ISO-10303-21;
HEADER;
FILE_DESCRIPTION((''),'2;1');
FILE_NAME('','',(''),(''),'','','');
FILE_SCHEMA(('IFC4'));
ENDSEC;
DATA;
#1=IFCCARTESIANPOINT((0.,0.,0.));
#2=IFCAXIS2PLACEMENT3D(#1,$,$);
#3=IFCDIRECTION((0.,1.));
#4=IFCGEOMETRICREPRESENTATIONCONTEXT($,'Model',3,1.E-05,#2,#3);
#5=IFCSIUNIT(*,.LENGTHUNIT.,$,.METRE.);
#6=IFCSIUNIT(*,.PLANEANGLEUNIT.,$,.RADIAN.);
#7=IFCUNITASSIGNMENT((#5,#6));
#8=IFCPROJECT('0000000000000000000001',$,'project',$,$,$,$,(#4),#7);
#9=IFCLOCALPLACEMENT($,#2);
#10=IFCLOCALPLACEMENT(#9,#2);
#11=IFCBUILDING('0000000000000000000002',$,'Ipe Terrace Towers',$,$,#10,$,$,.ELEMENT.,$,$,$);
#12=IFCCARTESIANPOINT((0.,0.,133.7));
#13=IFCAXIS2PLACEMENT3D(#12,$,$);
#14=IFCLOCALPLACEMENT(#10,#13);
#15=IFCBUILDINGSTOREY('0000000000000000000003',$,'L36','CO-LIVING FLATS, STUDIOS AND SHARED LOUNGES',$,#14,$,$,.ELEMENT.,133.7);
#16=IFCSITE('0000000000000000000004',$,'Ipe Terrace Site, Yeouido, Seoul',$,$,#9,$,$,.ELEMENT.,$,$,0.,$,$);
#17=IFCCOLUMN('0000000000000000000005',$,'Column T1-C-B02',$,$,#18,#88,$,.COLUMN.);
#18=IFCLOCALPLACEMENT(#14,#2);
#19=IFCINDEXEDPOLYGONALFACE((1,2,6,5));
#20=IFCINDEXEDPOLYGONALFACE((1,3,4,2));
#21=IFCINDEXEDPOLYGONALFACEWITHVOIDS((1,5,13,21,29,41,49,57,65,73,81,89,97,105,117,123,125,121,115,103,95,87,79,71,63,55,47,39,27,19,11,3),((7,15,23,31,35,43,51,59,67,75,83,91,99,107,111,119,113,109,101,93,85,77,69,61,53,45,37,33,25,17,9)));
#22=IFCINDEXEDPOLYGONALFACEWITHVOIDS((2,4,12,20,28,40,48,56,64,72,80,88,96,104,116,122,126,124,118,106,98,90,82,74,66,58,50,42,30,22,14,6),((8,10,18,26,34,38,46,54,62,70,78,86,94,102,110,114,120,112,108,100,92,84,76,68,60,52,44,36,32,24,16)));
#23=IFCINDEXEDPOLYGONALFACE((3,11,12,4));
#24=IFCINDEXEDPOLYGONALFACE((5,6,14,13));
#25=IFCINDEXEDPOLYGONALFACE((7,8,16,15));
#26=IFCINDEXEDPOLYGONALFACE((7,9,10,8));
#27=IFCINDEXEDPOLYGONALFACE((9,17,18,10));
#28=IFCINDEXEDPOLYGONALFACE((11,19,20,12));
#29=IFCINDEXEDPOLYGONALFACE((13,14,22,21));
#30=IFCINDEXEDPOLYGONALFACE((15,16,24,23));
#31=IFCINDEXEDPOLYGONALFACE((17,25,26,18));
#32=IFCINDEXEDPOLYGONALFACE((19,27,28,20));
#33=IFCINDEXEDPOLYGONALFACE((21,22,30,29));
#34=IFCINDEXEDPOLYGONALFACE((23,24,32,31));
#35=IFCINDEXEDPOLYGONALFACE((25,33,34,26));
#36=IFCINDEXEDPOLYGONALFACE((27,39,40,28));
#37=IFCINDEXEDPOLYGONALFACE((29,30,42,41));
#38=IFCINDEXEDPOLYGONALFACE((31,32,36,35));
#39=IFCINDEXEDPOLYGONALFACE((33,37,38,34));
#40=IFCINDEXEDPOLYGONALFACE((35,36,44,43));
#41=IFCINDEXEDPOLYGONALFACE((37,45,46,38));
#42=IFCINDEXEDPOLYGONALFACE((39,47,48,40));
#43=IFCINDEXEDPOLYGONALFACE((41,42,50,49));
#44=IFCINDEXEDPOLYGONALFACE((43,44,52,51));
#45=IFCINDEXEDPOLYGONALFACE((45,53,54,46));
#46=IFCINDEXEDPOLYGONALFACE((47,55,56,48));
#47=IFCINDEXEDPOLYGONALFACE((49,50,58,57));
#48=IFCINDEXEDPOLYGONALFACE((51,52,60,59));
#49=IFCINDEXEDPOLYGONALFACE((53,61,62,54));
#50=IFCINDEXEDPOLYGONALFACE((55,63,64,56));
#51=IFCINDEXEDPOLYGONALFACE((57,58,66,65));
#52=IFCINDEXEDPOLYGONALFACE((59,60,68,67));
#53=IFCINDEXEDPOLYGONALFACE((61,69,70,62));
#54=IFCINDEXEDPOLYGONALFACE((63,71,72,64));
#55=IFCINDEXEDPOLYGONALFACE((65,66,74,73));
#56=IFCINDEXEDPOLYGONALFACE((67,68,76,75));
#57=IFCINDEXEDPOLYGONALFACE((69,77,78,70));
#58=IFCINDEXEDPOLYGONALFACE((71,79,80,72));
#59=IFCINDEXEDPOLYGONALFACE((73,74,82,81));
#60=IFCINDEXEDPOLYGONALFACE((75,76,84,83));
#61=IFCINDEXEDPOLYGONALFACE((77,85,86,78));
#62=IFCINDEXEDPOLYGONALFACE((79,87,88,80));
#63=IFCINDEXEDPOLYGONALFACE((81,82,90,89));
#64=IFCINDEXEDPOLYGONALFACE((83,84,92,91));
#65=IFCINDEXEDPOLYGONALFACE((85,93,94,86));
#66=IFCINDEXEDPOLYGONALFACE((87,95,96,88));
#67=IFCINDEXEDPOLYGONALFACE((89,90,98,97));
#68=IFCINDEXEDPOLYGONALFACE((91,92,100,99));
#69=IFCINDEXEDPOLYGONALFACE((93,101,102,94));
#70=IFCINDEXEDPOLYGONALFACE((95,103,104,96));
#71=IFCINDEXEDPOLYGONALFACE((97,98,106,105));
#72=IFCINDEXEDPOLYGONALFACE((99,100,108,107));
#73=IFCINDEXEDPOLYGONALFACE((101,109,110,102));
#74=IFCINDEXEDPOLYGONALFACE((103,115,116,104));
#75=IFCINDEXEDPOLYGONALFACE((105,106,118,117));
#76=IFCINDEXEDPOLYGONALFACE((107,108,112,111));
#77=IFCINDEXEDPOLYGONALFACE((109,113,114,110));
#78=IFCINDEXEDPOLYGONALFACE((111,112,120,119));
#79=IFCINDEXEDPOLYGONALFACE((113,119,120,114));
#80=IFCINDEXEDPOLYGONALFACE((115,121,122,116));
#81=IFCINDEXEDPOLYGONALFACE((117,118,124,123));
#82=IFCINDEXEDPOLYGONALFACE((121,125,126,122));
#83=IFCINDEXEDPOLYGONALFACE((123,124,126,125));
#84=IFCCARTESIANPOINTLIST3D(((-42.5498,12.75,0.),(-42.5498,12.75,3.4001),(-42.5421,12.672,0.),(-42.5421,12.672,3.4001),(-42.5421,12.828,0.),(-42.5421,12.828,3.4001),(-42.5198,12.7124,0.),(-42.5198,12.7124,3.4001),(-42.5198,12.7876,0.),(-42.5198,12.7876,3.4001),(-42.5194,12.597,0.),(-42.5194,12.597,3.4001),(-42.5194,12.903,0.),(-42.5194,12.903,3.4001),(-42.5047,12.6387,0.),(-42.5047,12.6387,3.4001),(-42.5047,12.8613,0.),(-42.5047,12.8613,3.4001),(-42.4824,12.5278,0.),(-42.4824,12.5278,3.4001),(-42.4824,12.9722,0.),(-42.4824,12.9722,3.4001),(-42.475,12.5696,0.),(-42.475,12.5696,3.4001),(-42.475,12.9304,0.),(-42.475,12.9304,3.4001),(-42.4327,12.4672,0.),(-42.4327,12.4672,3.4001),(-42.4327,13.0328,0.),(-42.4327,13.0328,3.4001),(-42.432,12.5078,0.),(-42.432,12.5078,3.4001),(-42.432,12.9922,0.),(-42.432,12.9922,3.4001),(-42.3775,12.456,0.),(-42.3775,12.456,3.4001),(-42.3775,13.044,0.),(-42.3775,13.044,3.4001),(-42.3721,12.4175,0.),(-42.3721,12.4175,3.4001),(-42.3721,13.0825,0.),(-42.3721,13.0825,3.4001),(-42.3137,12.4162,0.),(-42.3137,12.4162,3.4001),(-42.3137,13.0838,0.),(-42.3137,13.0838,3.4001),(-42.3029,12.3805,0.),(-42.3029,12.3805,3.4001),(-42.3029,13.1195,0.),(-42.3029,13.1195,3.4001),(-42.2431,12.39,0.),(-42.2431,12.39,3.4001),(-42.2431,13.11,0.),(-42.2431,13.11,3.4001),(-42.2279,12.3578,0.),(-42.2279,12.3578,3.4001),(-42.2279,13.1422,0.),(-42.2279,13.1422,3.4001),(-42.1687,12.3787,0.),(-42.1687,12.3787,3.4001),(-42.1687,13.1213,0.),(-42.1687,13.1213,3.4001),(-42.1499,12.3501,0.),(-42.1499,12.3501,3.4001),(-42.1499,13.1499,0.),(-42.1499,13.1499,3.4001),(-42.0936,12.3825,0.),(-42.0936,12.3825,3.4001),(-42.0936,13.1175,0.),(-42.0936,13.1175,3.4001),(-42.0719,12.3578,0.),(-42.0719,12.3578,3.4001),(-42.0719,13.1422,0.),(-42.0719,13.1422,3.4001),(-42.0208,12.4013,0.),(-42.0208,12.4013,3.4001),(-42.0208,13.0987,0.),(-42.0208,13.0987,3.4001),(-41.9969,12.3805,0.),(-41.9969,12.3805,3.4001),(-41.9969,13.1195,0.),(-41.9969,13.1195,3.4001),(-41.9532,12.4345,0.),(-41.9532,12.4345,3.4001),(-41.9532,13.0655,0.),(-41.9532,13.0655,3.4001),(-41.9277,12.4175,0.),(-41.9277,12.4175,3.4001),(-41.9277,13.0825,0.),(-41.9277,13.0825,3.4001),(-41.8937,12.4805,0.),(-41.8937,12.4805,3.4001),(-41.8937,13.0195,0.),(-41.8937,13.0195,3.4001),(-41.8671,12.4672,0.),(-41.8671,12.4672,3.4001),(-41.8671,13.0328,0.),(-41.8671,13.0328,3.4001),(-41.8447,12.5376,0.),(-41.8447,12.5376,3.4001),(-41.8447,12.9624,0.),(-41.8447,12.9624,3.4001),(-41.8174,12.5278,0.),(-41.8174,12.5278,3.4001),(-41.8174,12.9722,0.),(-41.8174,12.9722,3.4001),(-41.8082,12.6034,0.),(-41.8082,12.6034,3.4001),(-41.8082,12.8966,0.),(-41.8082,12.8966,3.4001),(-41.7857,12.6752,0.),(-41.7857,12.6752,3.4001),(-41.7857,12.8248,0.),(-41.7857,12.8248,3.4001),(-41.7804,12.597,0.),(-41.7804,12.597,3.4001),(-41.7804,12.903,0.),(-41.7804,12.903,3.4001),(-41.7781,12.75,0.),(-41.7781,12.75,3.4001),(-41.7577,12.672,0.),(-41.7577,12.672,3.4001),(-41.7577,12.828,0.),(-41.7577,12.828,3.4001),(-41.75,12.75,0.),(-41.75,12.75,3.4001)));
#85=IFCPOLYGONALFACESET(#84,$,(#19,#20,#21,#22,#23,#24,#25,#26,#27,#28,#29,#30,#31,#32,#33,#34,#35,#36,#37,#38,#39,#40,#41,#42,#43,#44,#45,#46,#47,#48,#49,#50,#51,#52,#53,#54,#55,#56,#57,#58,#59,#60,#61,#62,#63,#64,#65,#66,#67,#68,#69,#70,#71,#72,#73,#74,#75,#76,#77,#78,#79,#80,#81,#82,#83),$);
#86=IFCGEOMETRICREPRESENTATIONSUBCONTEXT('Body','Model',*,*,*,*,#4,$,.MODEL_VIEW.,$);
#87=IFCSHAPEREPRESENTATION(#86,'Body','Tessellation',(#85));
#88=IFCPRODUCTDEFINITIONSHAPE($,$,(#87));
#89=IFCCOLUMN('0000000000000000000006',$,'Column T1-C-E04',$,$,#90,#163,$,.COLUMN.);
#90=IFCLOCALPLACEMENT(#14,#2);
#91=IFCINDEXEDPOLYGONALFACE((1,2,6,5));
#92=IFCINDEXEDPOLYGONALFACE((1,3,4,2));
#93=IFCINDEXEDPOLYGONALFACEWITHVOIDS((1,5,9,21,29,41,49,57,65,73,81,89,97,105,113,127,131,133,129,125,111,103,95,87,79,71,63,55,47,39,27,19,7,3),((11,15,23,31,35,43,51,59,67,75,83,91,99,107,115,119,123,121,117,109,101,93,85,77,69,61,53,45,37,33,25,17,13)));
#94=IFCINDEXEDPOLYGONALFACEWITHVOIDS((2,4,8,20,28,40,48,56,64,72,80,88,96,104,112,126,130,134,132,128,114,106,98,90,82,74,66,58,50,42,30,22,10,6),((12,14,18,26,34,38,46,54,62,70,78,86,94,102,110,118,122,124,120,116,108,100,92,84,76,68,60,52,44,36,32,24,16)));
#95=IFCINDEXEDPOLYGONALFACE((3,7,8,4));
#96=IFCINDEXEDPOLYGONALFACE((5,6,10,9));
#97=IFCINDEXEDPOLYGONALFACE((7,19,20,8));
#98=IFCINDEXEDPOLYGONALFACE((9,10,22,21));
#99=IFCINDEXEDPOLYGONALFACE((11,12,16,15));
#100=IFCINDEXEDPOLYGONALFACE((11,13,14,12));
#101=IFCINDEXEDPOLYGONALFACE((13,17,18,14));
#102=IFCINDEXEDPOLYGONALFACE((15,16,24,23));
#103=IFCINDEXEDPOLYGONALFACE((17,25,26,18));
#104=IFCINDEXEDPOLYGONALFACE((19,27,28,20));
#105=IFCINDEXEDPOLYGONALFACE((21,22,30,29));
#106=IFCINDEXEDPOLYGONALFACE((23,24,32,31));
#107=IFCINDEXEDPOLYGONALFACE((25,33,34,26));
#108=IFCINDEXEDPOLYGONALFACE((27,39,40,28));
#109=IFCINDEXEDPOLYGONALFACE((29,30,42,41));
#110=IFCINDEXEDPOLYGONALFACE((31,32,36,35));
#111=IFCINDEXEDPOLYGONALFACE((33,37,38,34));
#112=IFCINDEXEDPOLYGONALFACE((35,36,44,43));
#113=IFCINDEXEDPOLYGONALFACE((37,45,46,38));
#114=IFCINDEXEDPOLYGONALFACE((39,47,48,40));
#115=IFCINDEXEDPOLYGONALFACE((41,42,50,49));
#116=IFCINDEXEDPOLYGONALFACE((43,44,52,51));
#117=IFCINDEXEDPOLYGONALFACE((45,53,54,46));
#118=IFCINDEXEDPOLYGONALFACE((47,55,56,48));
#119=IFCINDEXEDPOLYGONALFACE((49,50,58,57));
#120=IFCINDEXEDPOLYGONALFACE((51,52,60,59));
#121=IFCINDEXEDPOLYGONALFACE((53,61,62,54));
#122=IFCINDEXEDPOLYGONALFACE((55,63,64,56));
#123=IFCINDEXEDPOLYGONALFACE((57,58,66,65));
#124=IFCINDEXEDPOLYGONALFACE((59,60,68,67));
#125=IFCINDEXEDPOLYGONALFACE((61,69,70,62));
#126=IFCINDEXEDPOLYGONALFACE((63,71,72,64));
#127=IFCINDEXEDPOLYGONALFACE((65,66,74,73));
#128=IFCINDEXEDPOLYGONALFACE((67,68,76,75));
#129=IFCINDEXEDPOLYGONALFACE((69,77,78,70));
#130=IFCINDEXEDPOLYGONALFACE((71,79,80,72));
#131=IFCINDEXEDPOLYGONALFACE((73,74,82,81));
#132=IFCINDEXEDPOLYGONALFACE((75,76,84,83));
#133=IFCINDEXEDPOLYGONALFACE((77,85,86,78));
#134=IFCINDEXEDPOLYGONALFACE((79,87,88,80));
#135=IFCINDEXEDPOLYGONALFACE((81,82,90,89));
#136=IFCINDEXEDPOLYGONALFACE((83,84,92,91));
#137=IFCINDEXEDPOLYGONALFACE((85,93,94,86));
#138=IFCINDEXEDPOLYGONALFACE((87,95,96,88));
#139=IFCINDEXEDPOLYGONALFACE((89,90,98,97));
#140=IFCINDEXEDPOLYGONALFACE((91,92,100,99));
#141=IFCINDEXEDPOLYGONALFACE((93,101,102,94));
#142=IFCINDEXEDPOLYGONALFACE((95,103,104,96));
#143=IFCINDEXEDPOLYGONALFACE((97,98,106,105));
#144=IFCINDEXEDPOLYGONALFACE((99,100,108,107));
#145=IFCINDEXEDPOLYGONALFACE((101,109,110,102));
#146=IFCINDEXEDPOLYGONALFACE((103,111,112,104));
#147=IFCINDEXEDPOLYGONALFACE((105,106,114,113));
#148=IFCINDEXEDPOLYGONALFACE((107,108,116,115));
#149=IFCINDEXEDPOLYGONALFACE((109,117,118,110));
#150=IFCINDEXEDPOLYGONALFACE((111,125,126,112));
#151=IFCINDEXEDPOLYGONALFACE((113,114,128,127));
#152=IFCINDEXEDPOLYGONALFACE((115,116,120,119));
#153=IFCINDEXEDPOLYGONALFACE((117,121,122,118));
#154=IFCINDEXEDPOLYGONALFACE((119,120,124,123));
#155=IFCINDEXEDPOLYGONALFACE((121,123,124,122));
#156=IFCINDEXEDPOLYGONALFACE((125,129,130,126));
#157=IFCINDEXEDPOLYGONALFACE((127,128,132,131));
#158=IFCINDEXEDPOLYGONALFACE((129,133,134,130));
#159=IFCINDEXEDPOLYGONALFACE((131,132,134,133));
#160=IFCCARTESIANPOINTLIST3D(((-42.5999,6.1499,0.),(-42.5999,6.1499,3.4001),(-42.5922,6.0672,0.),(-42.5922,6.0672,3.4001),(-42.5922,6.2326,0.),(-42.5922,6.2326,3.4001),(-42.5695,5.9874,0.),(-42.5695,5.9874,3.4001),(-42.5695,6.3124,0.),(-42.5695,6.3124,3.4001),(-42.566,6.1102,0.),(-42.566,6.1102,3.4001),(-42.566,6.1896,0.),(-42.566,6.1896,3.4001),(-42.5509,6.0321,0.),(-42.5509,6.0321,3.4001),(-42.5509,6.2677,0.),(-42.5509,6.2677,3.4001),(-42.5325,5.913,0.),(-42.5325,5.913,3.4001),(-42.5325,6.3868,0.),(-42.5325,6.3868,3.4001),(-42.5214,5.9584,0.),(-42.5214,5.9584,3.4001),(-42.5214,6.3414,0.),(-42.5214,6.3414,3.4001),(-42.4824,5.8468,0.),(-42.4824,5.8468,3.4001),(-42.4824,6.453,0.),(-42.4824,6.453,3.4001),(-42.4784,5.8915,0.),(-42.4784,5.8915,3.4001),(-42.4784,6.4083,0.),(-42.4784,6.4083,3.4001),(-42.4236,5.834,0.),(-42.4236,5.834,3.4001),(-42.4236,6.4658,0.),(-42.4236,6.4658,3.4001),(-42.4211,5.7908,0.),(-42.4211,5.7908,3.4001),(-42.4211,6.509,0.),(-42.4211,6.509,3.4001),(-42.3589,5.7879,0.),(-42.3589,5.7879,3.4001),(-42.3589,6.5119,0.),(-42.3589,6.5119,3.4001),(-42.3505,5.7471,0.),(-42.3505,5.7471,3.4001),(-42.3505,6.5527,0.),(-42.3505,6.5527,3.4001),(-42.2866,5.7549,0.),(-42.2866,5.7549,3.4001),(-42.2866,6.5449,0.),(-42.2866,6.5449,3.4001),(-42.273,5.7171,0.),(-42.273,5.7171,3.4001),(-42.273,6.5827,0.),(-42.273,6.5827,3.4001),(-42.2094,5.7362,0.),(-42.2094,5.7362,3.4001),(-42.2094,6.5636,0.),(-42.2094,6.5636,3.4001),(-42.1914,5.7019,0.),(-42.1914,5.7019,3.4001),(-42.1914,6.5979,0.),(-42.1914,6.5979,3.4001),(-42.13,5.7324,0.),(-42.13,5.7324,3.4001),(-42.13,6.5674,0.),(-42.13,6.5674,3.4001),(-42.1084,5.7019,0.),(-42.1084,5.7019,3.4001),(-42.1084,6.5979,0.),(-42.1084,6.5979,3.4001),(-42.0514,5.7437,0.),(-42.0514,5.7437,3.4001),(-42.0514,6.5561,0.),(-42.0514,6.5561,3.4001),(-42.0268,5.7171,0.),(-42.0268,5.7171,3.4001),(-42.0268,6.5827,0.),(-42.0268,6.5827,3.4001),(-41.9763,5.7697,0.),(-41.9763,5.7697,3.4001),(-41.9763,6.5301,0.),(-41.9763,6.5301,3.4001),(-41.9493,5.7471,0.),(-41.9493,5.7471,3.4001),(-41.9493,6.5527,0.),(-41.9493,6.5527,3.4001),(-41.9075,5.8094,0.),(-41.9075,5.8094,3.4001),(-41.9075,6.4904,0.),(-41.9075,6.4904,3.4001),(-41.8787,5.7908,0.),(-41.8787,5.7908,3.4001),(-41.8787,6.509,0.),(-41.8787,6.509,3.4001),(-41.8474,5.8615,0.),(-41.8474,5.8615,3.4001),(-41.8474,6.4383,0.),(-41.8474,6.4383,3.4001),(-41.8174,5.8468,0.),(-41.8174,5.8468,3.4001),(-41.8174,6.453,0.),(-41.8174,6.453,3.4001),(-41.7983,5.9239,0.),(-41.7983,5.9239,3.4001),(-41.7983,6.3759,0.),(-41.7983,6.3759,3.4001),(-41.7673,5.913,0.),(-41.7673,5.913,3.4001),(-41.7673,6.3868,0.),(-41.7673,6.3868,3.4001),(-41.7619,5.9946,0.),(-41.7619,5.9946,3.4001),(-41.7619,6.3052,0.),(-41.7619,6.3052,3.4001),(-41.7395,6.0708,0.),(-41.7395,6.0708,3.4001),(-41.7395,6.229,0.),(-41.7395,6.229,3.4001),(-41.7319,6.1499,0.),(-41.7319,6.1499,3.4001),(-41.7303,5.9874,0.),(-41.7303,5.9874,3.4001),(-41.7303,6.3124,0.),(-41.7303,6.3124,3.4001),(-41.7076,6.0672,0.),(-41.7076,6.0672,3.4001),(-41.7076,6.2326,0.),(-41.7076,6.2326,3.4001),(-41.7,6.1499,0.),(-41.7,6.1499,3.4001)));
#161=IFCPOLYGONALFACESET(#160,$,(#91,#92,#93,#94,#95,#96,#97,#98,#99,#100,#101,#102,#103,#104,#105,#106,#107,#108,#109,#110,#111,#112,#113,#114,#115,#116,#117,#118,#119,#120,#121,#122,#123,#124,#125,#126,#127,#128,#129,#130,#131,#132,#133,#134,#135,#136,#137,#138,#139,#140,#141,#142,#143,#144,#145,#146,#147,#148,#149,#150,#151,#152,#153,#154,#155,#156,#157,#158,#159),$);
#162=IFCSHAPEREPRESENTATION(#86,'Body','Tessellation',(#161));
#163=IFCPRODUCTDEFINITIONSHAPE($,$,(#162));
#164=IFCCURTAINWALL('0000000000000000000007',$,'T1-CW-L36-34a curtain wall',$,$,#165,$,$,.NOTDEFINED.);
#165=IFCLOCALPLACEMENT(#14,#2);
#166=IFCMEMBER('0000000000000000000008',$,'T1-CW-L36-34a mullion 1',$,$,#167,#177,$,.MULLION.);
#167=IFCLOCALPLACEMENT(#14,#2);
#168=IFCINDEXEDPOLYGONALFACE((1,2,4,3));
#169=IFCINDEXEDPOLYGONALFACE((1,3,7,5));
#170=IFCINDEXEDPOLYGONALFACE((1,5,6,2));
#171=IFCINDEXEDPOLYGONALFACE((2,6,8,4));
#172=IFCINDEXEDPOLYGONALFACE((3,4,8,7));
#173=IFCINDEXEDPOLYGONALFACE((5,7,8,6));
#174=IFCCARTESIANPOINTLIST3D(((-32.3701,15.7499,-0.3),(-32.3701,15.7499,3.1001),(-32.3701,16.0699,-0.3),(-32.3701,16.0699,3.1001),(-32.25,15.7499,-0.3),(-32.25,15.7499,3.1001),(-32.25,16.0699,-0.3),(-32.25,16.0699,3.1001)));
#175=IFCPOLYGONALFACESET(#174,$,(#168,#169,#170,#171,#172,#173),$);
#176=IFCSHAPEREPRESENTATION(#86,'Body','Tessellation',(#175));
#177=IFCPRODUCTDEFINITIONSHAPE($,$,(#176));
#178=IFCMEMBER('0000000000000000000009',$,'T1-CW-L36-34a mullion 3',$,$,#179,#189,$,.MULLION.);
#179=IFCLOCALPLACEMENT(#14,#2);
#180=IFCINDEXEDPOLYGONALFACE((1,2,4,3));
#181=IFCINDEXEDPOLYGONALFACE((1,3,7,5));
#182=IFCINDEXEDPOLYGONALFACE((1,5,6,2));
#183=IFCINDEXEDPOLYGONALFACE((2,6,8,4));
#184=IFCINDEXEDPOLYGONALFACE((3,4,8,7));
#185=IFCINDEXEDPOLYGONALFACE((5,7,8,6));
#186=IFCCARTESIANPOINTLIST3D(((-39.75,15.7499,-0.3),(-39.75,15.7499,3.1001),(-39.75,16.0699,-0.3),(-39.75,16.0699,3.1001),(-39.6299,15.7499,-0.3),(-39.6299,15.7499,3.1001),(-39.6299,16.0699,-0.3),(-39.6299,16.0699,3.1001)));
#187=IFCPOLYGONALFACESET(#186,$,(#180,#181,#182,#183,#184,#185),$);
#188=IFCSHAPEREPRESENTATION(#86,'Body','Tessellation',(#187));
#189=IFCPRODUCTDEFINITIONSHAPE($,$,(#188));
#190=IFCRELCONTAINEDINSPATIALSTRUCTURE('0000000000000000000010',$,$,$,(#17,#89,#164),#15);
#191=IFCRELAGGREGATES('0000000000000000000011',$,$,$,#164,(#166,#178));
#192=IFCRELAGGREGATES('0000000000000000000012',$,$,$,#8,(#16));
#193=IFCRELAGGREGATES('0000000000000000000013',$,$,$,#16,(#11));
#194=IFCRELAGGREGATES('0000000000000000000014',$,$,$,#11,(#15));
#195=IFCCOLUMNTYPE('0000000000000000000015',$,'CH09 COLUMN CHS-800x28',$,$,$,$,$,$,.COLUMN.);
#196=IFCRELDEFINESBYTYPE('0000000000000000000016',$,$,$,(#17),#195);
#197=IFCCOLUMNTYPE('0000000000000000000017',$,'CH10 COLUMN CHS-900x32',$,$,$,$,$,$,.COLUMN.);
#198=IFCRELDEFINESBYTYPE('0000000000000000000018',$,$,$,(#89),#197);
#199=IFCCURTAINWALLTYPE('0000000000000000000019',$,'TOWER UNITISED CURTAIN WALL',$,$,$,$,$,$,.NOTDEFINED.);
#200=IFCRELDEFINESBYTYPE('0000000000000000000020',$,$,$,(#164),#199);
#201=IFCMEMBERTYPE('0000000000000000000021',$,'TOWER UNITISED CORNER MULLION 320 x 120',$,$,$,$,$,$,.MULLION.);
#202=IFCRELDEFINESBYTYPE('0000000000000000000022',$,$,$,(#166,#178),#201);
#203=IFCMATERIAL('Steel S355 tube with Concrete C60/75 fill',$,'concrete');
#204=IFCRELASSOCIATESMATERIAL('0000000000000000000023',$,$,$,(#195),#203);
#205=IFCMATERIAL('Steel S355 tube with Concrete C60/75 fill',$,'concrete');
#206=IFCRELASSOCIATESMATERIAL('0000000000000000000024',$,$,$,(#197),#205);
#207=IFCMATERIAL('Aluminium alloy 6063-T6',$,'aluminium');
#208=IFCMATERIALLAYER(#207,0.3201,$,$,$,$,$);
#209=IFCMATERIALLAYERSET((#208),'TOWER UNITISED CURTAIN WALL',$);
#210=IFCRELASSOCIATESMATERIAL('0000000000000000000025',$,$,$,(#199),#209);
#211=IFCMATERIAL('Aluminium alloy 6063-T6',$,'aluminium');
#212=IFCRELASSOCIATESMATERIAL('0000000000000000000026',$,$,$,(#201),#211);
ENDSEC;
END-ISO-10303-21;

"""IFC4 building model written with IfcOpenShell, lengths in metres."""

from ifc_helpers import new_model, si_unit, direction, frame, origin, origin_2d, place, context, subcontext, project, spatial, rectangle, hollow_circle, extrude, material, layer, layer_set, material_profile, profile_set, type_object, element, aggregate, save


model = new_model("IFC4")

# Units and contexts
model_context = context("Model", 3, precision=1e-05, world=origin(), true_north=direction((0.0, 1.0)))
body_context = subcontext(model_context, "Body", "Model", "MODEL_VIEW")
ifc_project = project(units=[si_unit("LENGTHUNIT", "METRE"), si_unit("PLANEANGLEUNIT", "RADIAN")], contexts=[model_context])

# Site, building, storey
site_placement = place(None, origin())
site = spatial("IfcSite", under=ifc_project, at=site_placement, Name="Ipe Terrace Site, Yeouido, Seoul", CompositionType="ELEMENT", RefElevation=0.0)
building_placement = place(site_placement, origin())
building = spatial("IfcBuilding", under=site, at=building_placement, Name="Ipe Terrace Towers", CompositionType="ELEMENT")
storey_placement = place(building_placement, frame((0.0, 0.0, 133.7)))
storey = spatial("IfcBuildingStorey", under=building, at=storey_placement, Name="L36", Description="CO-LIVING FLATS, STUDIOS AND SHARED LOUNGES", CompositionType="ELEMENT", Elevation=133.7)

# Columns
ifc_material_1 = material(Name="Steel S355 tube with Concrete C60/75 fill", Category="concrete")
ifc_material_profile_1 = material_profile(ifc_material_1, hollow_circle(Radius=0.3999, WallThickness=0.0281, at=origin_2d()), Name="CHS-800x28")
ifc_profile_set_1 = profile_set([ifc_material_profile_1], Name="Steel S355 tube with Concrete C60/75 fill")
column_type_1 = type_object("IfcColumnType", Name="CH09 COLUMN CHS-800x28", PredefinedType="COLUMN", material=ifc_profile_set_1)
column_1_placement = place(storey_placement, frame((-42.1499, 12.75, 0.0), z_axis=(0.0, 0.0, 1.0), x_axis=(1.0, 0.0, 0.0)))
element("IfcColumn", 1, at=column_1_placement, inside=storey, type_object=column_type_1, Name="Column T1-C-B02", PredefinedType="COLUMN", context=body_context, shape_type="SweptSolid", body=[
    extrude(hollow_circle(Radius=0.3999, WallThickness=0.0281, at=origin_2d()), origin(), (0.0, 0.0, 1.0), 3.4001),
])
ifc_material_2 = material(Name="Steel S355 tube with Concrete C60/75 fill", Category="concrete")
ifc_material_profile_2 = material_profile(ifc_material_2, hollow_circle(Radius=0.45, WallThickness=0.032, at=origin_2d()), Name="CHS-900x32")
ifc_profile_set_2 = profile_set([ifc_material_profile_2], Name="Steel S355 tube with Concrete C60/75 fill")
column_type_2 = type_object("IfcColumnType", Name="CH10 COLUMN CHS-900x32", PredefinedType="COLUMN", material=ifc_profile_set_2)
column_2_placement = place(storey_placement, frame((-42.1499, 6.1499, 0.0), z_axis=(0.0, 0.0, 1.0), x_axis=(1.0, 0.0, 0.0)))
element("IfcColumn", 2, at=column_2_placement, inside=storey, type_object=column_type_2, Name="Column T1-C-E04", PredefinedType="COLUMN", context=body_context, shape_type="SweptSolid", body=[
    extrude(hollow_circle(Radius=0.45, WallThickness=0.032, at=origin_2d()), origin(), (0.0, 0.0, 1.0), 3.4001),
])

# Curtain wall, members
ifc_material_3 = material(Name="Aluminium alloy 6063-T6", Category="aluminium")
ifc_layer_1 = layer(ifc_material_3, 0.3201)
ifc_layer_set_1 = layer_set([ifc_layer_1], Name="TOWER UNITISED CURTAIN WALL")
curtain_wall_type = type_object("IfcCurtainWallType", Name="TOWER UNITISED CURTAIN WALL", PredefinedType="NOTDEFINED", material=ifc_layer_set_1)
curtain_wall_placement = place(storey_placement, origin())
curtain_wall = element("IfcCurtainWall", 3, at=curtain_wall_placement, inside=storey, type_object=curtain_wall_type, Name="T1-CW-L36-34a curtain wall", PredefinedType="NOTDEFINED")
ifc_material_4 = material(Name="Aluminium alloy 6063-T6", Category="aluminium")
ifc_material_profile_3 = material_profile(ifc_material_4, rectangle(XDim=0.3201, YDim=0.1201, at=origin_2d()), Name="TOWER UNITISED CORNER MULLION 320 x 120")
ifc_profile_set_3 = profile_set([ifc_material_profile_3], Name="Aluminium alloy 6063-T6")
member_type_1 = type_object("IfcMemberType", Name="TOWER UNITISED CORNER MULLION 320 x 120", PredefinedType="MULLION", material=ifc_profile_set_3)
member_1_placement = place(storey_placement, frame((-32.3101, 15.9099, -0.3), z_axis=(0.0, 0.0, 1.0), x_axis=(0.0, 1.0, 0.0)))
member_1 = element("IfcMember", 4, at=member_1_placement, type_object=member_type_1, Name="T1-CW-L36-34a mullion 1", PredefinedType="MULLION", context=body_context, shape_type="SweptSolid", body=[
    extrude(rectangle(XDim=0.3201, YDim=0.1201, at=origin_2d()), origin(), (0.0, 0.0, 1.0), 3.4001),
])
member_2_placement = place(storey_placement, frame((-39.6899, 15.9099, -0.3), z_axis=(0.0, 0.0, 1.0), x_axis=(0.0, 1.0, 0.0)))
member_2 = element("IfcMember", 5, at=member_2_placement, type_object=member_type_1, Name="T1-CW-L36-34a mullion 3", PredefinedType="MULLION", context=body_context, shape_type="SweptSolid", body=[
    extrude(rectangle(XDim=0.3201, YDim=0.1201, at=origin_2d()), origin(), (0.0, 0.0, 1.0), 3.4001),
])
aggregate(curtain_wall, [member_1, member_2])

save(model, "model.ifc")
